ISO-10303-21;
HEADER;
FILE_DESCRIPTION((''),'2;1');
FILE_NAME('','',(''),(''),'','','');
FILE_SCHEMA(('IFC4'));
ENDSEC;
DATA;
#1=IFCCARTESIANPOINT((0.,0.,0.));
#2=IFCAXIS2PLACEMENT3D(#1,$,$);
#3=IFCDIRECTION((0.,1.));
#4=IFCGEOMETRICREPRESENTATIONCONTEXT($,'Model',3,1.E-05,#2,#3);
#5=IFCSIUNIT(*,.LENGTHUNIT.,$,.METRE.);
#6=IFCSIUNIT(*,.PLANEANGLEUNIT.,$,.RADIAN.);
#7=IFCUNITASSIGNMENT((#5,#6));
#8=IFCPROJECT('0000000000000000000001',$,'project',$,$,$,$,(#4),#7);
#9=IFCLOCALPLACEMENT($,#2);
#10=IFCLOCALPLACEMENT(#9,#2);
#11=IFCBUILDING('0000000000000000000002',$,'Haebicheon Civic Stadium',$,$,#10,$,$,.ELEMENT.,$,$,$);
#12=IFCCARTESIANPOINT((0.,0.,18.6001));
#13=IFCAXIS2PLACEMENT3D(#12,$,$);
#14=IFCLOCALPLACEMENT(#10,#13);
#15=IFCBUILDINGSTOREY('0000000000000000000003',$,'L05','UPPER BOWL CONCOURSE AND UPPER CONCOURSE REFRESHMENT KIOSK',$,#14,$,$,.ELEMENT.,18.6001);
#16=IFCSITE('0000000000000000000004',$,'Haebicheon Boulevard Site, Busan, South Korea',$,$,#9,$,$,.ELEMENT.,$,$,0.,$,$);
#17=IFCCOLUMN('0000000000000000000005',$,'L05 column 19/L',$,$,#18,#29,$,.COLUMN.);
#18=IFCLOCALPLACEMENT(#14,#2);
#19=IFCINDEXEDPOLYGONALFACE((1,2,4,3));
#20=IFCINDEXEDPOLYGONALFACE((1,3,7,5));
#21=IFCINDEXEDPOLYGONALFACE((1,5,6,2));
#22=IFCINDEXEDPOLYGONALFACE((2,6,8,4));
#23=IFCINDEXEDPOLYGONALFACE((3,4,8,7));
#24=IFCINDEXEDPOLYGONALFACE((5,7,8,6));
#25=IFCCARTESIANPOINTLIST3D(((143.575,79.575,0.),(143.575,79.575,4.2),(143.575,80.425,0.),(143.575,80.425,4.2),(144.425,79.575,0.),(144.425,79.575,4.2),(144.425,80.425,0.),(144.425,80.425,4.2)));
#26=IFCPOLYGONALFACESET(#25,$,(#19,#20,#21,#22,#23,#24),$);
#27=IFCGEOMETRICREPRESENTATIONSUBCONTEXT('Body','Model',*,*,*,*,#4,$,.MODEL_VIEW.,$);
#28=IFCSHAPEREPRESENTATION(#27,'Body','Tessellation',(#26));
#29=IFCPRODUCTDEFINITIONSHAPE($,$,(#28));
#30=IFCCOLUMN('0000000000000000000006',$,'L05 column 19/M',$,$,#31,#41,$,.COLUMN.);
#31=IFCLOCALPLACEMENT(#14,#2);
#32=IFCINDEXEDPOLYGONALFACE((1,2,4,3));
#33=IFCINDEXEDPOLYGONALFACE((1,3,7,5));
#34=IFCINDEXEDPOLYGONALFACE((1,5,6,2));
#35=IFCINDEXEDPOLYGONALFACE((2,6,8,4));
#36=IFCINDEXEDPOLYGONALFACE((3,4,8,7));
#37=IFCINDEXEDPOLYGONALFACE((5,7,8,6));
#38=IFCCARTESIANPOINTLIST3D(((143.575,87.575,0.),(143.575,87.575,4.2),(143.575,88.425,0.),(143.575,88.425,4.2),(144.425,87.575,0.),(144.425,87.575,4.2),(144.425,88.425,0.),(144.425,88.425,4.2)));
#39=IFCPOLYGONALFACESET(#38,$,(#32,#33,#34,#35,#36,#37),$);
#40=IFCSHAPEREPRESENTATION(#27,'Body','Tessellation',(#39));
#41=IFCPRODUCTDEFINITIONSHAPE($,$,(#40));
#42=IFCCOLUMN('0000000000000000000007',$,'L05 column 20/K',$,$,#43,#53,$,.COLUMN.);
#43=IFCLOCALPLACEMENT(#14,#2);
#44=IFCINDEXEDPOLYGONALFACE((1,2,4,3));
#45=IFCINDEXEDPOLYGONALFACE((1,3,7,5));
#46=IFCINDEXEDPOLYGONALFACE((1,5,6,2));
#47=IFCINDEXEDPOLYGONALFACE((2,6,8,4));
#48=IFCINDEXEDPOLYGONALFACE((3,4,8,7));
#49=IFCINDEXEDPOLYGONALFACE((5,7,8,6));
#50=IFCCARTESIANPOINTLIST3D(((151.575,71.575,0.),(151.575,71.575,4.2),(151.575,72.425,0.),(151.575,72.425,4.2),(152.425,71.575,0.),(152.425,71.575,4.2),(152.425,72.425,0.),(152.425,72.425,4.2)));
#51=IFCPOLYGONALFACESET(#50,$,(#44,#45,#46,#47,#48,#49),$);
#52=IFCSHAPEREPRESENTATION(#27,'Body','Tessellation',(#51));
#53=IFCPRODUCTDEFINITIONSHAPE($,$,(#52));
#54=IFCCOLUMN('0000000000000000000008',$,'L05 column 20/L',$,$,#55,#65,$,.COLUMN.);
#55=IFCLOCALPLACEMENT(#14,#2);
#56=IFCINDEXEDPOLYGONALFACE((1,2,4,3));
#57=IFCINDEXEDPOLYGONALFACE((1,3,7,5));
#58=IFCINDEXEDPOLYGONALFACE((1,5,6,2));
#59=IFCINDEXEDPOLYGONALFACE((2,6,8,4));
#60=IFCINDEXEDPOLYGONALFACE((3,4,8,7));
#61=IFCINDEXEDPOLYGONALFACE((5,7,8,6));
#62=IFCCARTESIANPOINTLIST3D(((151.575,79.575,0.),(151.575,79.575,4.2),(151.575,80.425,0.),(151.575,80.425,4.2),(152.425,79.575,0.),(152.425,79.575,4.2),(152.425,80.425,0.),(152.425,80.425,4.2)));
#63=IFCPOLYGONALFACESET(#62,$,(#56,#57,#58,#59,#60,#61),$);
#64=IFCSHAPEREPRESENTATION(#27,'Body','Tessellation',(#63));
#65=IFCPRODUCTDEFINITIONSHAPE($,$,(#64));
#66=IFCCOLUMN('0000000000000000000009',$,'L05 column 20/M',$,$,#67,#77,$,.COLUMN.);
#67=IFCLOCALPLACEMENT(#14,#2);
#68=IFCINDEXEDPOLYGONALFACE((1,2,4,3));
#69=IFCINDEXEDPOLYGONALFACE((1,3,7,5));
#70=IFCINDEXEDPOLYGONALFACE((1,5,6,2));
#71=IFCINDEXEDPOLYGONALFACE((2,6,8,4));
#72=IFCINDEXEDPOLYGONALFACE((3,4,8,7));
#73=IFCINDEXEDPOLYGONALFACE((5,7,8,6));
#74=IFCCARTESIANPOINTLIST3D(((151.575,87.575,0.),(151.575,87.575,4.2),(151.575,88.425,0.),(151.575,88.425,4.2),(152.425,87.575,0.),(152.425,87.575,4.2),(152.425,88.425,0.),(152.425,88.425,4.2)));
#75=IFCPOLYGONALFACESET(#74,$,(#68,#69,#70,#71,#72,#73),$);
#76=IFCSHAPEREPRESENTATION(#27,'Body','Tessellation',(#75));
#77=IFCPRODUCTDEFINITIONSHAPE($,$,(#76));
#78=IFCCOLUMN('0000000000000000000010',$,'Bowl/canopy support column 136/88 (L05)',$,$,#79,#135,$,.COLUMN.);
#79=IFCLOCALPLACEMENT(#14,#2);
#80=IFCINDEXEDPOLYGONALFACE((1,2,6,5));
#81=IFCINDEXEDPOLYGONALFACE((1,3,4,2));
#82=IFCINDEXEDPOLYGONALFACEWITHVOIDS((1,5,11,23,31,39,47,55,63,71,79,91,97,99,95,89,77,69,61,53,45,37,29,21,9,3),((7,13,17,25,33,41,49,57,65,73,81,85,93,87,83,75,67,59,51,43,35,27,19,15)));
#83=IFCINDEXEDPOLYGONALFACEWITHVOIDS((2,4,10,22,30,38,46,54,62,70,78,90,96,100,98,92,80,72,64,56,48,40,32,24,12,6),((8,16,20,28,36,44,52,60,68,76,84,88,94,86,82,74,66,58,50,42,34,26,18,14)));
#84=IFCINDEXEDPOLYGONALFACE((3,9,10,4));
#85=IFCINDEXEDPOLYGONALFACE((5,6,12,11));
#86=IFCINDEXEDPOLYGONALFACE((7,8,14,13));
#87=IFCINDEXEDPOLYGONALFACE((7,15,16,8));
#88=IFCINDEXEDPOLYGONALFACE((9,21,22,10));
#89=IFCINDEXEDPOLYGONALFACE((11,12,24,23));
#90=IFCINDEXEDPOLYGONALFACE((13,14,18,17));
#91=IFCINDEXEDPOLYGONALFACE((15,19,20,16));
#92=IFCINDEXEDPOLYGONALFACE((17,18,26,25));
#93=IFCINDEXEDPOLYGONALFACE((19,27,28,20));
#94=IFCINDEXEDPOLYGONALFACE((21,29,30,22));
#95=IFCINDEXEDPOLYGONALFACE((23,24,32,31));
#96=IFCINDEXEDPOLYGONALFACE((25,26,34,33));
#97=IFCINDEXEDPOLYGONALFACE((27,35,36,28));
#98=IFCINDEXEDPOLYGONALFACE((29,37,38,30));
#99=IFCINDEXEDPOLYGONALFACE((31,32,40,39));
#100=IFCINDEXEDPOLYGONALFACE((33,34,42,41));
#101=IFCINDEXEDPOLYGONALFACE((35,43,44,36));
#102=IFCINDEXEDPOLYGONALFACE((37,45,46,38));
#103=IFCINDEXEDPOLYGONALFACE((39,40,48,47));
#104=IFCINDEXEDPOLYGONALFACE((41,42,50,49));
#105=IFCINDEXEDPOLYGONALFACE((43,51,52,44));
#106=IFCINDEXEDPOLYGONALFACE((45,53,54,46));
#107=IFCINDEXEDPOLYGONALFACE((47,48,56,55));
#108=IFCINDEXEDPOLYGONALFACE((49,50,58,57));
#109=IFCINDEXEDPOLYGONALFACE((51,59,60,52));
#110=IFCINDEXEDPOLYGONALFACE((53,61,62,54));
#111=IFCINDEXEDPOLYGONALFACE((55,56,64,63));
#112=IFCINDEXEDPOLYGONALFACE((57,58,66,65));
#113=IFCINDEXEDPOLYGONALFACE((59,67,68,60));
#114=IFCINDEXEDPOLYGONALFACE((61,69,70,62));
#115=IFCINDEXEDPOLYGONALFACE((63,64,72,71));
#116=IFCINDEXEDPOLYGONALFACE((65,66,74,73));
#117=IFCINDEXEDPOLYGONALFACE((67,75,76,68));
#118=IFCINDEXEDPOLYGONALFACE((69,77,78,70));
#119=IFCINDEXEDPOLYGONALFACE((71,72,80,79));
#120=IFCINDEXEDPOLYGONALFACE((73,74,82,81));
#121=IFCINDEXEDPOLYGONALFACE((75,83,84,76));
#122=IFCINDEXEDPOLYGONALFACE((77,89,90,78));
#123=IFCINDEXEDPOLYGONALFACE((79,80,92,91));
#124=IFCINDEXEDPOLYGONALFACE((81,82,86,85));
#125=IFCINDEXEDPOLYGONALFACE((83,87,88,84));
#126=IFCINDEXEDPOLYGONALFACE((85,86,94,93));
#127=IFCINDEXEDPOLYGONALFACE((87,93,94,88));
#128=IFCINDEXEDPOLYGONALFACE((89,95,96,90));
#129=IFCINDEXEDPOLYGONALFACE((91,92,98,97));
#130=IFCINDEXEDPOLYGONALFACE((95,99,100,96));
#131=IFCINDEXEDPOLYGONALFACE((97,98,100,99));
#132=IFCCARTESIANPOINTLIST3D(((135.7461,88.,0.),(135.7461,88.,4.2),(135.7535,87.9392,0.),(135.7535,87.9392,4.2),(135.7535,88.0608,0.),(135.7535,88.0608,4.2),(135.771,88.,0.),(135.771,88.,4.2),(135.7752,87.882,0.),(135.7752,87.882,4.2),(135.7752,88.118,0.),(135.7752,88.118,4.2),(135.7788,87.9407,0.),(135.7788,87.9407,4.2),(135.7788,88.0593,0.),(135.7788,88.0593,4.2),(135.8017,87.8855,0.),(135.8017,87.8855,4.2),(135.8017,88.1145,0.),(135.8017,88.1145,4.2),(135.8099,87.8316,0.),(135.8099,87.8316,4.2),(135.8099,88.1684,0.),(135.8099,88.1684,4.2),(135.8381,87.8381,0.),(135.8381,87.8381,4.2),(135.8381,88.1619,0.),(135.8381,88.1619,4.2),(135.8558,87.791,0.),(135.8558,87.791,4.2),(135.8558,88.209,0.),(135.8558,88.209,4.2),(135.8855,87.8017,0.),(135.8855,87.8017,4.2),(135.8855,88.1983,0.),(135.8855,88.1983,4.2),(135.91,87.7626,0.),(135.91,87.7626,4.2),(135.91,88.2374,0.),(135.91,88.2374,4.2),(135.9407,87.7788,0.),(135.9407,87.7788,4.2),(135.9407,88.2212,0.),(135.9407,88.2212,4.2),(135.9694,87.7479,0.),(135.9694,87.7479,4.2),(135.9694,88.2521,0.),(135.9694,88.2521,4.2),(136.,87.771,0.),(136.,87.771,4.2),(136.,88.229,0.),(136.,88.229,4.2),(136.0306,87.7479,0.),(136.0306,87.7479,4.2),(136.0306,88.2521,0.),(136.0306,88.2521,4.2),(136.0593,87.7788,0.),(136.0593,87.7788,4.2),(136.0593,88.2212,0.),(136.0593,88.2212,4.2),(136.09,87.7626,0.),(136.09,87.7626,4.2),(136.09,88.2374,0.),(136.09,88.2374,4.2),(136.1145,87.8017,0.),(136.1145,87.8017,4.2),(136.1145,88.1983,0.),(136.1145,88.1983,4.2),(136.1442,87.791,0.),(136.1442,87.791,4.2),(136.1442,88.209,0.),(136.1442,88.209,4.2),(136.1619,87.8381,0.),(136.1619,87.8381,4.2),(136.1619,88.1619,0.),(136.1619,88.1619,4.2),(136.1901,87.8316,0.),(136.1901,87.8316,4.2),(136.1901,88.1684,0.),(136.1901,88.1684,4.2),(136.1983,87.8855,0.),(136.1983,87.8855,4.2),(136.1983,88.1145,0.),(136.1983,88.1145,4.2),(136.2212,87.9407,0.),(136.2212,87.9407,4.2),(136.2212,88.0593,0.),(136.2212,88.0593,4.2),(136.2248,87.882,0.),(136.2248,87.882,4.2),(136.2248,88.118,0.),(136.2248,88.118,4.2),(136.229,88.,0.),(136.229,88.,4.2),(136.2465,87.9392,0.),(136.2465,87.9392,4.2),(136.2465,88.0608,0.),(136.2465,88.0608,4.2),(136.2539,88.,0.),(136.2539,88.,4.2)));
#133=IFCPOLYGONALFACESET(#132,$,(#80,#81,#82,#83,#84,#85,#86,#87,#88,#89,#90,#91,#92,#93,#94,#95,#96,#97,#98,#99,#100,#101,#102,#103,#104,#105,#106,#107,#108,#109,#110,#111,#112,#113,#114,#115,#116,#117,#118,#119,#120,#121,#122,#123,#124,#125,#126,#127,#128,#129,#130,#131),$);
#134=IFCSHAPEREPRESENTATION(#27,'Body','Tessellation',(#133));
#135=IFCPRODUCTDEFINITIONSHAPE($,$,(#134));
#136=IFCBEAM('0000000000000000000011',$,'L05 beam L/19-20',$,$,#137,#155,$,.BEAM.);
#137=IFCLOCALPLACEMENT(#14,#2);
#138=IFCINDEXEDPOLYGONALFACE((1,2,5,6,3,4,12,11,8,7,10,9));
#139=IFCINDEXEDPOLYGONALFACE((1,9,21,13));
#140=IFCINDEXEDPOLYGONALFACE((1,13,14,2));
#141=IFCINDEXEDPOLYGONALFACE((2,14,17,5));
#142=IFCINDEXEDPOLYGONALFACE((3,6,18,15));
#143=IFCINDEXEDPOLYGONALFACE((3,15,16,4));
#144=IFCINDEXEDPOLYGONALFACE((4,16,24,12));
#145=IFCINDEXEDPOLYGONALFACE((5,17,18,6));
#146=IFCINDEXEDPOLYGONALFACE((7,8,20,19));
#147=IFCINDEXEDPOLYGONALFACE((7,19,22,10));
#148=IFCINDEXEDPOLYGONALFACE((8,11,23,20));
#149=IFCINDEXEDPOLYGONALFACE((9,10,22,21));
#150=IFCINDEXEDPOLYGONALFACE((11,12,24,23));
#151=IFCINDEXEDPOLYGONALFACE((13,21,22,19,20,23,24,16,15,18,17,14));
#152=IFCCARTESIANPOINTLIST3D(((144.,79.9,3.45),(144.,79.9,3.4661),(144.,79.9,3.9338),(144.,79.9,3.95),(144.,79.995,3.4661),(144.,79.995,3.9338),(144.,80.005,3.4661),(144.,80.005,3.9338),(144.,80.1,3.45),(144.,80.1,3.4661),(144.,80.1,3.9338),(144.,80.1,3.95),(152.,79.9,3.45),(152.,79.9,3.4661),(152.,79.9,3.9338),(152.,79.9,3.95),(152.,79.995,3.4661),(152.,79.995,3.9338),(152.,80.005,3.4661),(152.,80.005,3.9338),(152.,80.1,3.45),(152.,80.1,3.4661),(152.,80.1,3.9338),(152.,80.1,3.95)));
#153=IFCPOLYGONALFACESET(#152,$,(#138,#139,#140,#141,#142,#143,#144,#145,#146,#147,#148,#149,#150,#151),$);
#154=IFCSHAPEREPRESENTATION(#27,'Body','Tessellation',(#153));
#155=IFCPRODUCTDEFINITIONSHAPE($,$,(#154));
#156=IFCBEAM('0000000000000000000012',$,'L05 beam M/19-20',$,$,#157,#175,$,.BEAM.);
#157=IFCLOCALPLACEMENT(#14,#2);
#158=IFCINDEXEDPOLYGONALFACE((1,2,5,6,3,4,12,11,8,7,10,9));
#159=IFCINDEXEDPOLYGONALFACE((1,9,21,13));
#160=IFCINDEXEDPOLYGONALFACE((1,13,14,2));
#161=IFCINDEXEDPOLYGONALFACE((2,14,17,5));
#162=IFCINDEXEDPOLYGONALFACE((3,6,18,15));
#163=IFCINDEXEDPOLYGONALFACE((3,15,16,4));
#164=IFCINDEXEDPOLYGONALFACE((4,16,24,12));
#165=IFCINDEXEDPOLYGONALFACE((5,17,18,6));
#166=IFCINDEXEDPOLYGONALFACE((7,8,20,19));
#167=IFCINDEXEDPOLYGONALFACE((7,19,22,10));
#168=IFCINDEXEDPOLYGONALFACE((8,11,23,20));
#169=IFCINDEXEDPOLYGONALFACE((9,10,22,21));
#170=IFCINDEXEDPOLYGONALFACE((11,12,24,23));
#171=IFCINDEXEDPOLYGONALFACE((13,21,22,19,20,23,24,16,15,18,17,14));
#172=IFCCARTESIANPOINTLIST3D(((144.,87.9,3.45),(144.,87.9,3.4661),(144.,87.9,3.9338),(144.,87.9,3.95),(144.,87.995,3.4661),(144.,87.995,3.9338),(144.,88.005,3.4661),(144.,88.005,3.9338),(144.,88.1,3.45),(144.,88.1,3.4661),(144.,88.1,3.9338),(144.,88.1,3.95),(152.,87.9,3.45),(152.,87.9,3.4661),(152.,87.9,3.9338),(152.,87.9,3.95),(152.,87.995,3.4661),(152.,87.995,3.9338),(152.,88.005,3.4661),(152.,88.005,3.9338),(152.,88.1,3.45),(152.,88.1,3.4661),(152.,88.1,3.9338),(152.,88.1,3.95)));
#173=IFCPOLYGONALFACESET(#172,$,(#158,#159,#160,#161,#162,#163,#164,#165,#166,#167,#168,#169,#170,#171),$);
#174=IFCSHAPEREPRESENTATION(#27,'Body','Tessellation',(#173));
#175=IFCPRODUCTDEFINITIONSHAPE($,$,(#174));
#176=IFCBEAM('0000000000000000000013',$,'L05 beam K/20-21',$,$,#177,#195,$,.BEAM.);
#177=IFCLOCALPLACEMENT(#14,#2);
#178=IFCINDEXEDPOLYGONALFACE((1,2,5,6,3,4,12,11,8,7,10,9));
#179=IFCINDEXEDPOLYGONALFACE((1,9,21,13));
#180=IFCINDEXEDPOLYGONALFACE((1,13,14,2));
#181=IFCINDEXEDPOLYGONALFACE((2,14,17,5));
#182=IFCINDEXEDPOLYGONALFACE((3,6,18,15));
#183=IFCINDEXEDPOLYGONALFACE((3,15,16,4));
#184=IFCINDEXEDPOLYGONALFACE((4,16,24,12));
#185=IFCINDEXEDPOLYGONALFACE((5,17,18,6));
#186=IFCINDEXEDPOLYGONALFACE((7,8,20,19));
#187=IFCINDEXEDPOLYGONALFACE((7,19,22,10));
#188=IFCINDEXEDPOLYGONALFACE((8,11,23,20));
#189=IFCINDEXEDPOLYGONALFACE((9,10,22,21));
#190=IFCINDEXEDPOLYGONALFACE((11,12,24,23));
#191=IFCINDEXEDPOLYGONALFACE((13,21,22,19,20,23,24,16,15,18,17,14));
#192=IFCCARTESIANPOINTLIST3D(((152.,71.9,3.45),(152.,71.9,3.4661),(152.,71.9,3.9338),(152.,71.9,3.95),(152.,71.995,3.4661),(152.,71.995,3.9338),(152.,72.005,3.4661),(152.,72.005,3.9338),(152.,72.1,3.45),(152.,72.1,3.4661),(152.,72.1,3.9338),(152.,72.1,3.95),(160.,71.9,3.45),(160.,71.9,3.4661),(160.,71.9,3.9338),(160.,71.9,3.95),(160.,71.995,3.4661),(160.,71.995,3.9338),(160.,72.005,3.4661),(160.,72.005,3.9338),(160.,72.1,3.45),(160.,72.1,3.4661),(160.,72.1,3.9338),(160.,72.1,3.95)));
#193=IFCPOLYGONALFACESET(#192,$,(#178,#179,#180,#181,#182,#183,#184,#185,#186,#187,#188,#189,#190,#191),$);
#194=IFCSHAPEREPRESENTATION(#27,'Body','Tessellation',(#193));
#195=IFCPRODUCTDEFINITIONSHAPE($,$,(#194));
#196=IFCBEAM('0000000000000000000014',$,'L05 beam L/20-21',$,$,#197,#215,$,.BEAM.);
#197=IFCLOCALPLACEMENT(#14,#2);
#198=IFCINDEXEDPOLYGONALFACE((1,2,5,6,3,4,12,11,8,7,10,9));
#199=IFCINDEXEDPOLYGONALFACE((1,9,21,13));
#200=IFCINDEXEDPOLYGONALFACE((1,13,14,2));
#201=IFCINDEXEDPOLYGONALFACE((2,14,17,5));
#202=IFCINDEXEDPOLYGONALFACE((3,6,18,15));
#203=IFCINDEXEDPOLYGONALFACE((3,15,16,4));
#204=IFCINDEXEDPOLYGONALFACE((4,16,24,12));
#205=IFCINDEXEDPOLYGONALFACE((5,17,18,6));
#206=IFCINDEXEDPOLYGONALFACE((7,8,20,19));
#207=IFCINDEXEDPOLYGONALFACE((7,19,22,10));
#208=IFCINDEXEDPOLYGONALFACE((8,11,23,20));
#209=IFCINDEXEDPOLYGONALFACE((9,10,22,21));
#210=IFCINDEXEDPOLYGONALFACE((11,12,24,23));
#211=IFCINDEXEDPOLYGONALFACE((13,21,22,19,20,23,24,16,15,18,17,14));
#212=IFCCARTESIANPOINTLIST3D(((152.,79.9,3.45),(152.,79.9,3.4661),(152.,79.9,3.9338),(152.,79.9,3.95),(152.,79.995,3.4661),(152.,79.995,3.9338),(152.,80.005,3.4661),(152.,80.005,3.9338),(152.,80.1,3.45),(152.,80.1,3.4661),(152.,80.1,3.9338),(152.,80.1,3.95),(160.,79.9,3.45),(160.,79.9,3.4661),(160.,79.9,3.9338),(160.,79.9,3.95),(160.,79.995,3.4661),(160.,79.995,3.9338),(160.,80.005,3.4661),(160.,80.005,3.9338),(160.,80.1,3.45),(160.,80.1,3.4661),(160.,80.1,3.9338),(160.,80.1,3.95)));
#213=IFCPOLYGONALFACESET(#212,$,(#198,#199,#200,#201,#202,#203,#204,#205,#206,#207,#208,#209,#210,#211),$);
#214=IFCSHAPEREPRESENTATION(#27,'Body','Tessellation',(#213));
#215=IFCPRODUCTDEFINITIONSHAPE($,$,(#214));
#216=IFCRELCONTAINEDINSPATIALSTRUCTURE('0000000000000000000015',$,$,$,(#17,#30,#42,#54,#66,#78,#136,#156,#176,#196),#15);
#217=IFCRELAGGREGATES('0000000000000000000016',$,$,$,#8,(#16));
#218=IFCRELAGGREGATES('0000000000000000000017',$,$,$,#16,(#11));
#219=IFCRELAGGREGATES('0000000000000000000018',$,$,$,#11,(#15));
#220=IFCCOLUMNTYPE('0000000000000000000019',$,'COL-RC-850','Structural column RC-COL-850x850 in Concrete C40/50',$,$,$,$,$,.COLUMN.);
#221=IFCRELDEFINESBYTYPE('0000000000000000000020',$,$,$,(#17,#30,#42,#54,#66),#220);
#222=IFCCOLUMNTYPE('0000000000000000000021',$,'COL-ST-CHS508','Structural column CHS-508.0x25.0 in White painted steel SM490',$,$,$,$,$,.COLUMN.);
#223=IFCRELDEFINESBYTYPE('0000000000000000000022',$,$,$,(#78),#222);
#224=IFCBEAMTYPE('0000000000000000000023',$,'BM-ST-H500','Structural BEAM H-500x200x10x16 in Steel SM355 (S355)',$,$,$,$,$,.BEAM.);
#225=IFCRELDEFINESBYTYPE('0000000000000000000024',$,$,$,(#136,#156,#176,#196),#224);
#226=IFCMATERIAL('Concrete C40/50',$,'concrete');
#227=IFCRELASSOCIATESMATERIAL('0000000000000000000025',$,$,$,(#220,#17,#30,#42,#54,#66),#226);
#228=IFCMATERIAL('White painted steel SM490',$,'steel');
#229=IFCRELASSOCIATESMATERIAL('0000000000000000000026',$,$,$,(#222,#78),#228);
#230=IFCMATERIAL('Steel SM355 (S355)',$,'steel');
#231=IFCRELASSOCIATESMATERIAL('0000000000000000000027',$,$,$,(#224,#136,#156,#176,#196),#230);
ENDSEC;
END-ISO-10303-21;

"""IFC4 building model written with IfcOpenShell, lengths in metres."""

from ifc_helpers import new_model, si_unit, direction, frame, origin, origin_2d, place, context, subcontext, project, spatial, rectangle, hollow_circle, i_section, extrude, material, material_profile, profile_set, type_object, element, save


model = new_model("IFC4")

# Units and contexts
model_context = context("Model", 3, precision=1e-05, world=origin(), true_north=direction((0.0, 1.0)))
body_context = subcontext(model_context, "Body", "Model", "MODEL_VIEW")
ifc_project = project(units=[si_unit("LENGTHUNIT", "METRE"), si_unit("PLANEANGLEUNIT", "RADIAN")], contexts=[model_context])

# Site, building, storey
site_placement = place(None, origin())
site = spatial("IfcSite", under=ifc_project, at=site_placement, Name="Haebicheon Boulevard Site, Busan, South Korea", CompositionType="ELEMENT", RefElevation=0.0)
building_placement = place(site_placement, origin())
building = spatial("IfcBuilding", under=site, at=building_placement, Name="Haebicheon Civic Stadium", CompositionType="ELEMENT")
storey_placement = place(building_placement, frame((0.0, 0.0, 18.6001)))
storey = spatial("IfcBuildingStorey", under=building, at=storey_placement, Name="L05", Description="UPPER BOWL CONCOURSE AND UPPER CONCOURSE REFRESHMENT KIOSK", CompositionType="ELEMENT", Elevation=18.6001)

# Columns
ifc_material_1 = material(Name="Concrete C40/50", Category="concrete")
ifc_material_profile_1 = material_profile(ifc_material_1, rectangle(XDim=0.8501, YDim=0.8501, at=origin_2d()), Name="RC-COL-850x850")
ifc_profile_set_1 = profile_set([ifc_material_profile_1], Name="Concrete C40/50")
column_type_1 = type_object("IfcColumnType", Name="COL-RC-850", Description="Structural column RC-COL-850x850 in Concrete C40/50", PredefinedType="COLUMN", material=ifc_profile_set_1)
for number, where, z_axis, x_axis, name in (
    (1, (144.0, 80.0, 0.0), (0.0, 0.0, 1.0), (1.0, 0.0, 0.0), "L05 column 19/L"),
    (2, (144.0, 88.0, 0.0), (0.0, 0.0, 1.0), (1.0, 0.0, 0.0), "L05 column 19/M"),
    (3, (152.0, 72.0, 0.0), (0.0, 0.0, 1.0), (1.0, 0.0, 0.0), "L05 column 20/K"),
    (4, (152.0, 80.0, 0.0), (0.0, 0.0, 1.0), (1.0, 0.0, 0.0), "L05 column 20/L"),
    (5, (152.0, 88.0, 0.0), (0.0, 0.0, 1.0), (1.0, 0.0, 0.0), "L05 column 20/M"),
):
    element("IfcColumn", number, at=place(storey_placement, frame(where, z_axis=z_axis, x_axis=x_axis)), inside=storey, type_object=column_type_1, material=ifc_profile_set_1, Name=name, PredefinedType="COLUMN", context=body_context, shape_type="SweptSolid", body=[
        extrude(rectangle(XDim=0.8501, YDim=0.8501, at=origin_2d()), origin(), (0.0, 0.0, 1.0), 4.2),
    ])
ifc_material_2 = material(Name="White painted steel SM490", Category="steel")
ifc_material_profile_2 = material_profile(ifc_material_2, hollow_circle(Radius=0.2539, WallThickness=0.0249, at=origin_2d()), Name="CHS-508.0x25.0")
ifc_profile_set_2 = profile_set([ifc_material_profile_2], Name="White painted steel SM490")
column_type_2 = type_object("IfcColumnType", Name="COL-ST-CHS508", Description="Structural column CHS-508.0x25.0 in White painted steel SM490", PredefinedType="COLUMN", material=ifc_profile_set_2)
column_placement = place(storey_placement, frame((136.0, 88.0, 0.0), z_axis=(0.0, 0.0, 1.0), x_axis=(1.0, 0.0, 0.0)))
element("IfcColumn", 6, at=column_placement, inside=storey, type_object=column_type_2, material=ifc_profile_set_2, Name="Bowl/canopy support column 136/88 (L05)", PredefinedType="COLUMN", context=body_context, shape_type="SweptSolid", body=[
    extrude(hollow_circle(Radius=0.2539, WallThickness=0.0249, at=origin_2d()), origin(), (0.0, 0.0, 1.0), 4.2),
])

# Beams
ifc_material_3 = material(Name="Steel SM355 (S355)", Category="steel")
ifc_material_profile_3 = material_profile(ifc_material_3, i_section(OverallWidth=0.2, OverallDepth=0.5, WebThickness=0.01, FlangeThickness=0.0161, at=origin_2d()), Name="H-500x200x10x16")
ifc_profile_set_3 = profile_set([ifc_material_profile_3], Name="Steel SM355 (S355)")
beam_type_1 = type_object("IfcBeamType", Name="BM-ST-H500", Description="Structural BEAM H-500x200x10x16 in Steel SM355 (S355)", PredefinedType="BEAM", material=ifc_profile_set_3)
for number, where, z_axis, x_axis, name in (
    (7, (144.0, 80.0, 3.7), (1.0, 0.0, 0.0), (0.0, 1.0, 0.0), "L05 beam L/19-20"),
    (8, (144.0, 88.0, 3.7), (1.0, 0.0, 0.0), (0.0, 1.0, 0.0), "L05 beam M/19-20"),
    (9, (152.0, 72.0, 3.7), (1.0, 0.0, 0.0), (0.0, 1.0, 0.0), "L05 beam K/20-21"),
    (10, (152.0, 80.0, 3.7), (1.0, 0.0, 0.0), (0.0, 1.0, 0.0), "L05 beam L/20-21"),
):
    element("IfcBeam", number, at=place(storey_placement, frame(where, z_axis=z_axis, x_axis=x_axis)), inside=storey, type_object=beam_type_1, material=ifc_profile_set_3, Name=name, PredefinedType="BEAM", context=body_context, shape_type="SweptSolid", body=[
        extrude(i_section(OverallWidth=0.2, OverallDepth=0.5, WebThickness=0.01, FlangeThickness=0.0161, at=origin_2d()), origin(), (0.0, 0.0, 1.0), 8.0),
    ])

save(model, "model.ifc")
